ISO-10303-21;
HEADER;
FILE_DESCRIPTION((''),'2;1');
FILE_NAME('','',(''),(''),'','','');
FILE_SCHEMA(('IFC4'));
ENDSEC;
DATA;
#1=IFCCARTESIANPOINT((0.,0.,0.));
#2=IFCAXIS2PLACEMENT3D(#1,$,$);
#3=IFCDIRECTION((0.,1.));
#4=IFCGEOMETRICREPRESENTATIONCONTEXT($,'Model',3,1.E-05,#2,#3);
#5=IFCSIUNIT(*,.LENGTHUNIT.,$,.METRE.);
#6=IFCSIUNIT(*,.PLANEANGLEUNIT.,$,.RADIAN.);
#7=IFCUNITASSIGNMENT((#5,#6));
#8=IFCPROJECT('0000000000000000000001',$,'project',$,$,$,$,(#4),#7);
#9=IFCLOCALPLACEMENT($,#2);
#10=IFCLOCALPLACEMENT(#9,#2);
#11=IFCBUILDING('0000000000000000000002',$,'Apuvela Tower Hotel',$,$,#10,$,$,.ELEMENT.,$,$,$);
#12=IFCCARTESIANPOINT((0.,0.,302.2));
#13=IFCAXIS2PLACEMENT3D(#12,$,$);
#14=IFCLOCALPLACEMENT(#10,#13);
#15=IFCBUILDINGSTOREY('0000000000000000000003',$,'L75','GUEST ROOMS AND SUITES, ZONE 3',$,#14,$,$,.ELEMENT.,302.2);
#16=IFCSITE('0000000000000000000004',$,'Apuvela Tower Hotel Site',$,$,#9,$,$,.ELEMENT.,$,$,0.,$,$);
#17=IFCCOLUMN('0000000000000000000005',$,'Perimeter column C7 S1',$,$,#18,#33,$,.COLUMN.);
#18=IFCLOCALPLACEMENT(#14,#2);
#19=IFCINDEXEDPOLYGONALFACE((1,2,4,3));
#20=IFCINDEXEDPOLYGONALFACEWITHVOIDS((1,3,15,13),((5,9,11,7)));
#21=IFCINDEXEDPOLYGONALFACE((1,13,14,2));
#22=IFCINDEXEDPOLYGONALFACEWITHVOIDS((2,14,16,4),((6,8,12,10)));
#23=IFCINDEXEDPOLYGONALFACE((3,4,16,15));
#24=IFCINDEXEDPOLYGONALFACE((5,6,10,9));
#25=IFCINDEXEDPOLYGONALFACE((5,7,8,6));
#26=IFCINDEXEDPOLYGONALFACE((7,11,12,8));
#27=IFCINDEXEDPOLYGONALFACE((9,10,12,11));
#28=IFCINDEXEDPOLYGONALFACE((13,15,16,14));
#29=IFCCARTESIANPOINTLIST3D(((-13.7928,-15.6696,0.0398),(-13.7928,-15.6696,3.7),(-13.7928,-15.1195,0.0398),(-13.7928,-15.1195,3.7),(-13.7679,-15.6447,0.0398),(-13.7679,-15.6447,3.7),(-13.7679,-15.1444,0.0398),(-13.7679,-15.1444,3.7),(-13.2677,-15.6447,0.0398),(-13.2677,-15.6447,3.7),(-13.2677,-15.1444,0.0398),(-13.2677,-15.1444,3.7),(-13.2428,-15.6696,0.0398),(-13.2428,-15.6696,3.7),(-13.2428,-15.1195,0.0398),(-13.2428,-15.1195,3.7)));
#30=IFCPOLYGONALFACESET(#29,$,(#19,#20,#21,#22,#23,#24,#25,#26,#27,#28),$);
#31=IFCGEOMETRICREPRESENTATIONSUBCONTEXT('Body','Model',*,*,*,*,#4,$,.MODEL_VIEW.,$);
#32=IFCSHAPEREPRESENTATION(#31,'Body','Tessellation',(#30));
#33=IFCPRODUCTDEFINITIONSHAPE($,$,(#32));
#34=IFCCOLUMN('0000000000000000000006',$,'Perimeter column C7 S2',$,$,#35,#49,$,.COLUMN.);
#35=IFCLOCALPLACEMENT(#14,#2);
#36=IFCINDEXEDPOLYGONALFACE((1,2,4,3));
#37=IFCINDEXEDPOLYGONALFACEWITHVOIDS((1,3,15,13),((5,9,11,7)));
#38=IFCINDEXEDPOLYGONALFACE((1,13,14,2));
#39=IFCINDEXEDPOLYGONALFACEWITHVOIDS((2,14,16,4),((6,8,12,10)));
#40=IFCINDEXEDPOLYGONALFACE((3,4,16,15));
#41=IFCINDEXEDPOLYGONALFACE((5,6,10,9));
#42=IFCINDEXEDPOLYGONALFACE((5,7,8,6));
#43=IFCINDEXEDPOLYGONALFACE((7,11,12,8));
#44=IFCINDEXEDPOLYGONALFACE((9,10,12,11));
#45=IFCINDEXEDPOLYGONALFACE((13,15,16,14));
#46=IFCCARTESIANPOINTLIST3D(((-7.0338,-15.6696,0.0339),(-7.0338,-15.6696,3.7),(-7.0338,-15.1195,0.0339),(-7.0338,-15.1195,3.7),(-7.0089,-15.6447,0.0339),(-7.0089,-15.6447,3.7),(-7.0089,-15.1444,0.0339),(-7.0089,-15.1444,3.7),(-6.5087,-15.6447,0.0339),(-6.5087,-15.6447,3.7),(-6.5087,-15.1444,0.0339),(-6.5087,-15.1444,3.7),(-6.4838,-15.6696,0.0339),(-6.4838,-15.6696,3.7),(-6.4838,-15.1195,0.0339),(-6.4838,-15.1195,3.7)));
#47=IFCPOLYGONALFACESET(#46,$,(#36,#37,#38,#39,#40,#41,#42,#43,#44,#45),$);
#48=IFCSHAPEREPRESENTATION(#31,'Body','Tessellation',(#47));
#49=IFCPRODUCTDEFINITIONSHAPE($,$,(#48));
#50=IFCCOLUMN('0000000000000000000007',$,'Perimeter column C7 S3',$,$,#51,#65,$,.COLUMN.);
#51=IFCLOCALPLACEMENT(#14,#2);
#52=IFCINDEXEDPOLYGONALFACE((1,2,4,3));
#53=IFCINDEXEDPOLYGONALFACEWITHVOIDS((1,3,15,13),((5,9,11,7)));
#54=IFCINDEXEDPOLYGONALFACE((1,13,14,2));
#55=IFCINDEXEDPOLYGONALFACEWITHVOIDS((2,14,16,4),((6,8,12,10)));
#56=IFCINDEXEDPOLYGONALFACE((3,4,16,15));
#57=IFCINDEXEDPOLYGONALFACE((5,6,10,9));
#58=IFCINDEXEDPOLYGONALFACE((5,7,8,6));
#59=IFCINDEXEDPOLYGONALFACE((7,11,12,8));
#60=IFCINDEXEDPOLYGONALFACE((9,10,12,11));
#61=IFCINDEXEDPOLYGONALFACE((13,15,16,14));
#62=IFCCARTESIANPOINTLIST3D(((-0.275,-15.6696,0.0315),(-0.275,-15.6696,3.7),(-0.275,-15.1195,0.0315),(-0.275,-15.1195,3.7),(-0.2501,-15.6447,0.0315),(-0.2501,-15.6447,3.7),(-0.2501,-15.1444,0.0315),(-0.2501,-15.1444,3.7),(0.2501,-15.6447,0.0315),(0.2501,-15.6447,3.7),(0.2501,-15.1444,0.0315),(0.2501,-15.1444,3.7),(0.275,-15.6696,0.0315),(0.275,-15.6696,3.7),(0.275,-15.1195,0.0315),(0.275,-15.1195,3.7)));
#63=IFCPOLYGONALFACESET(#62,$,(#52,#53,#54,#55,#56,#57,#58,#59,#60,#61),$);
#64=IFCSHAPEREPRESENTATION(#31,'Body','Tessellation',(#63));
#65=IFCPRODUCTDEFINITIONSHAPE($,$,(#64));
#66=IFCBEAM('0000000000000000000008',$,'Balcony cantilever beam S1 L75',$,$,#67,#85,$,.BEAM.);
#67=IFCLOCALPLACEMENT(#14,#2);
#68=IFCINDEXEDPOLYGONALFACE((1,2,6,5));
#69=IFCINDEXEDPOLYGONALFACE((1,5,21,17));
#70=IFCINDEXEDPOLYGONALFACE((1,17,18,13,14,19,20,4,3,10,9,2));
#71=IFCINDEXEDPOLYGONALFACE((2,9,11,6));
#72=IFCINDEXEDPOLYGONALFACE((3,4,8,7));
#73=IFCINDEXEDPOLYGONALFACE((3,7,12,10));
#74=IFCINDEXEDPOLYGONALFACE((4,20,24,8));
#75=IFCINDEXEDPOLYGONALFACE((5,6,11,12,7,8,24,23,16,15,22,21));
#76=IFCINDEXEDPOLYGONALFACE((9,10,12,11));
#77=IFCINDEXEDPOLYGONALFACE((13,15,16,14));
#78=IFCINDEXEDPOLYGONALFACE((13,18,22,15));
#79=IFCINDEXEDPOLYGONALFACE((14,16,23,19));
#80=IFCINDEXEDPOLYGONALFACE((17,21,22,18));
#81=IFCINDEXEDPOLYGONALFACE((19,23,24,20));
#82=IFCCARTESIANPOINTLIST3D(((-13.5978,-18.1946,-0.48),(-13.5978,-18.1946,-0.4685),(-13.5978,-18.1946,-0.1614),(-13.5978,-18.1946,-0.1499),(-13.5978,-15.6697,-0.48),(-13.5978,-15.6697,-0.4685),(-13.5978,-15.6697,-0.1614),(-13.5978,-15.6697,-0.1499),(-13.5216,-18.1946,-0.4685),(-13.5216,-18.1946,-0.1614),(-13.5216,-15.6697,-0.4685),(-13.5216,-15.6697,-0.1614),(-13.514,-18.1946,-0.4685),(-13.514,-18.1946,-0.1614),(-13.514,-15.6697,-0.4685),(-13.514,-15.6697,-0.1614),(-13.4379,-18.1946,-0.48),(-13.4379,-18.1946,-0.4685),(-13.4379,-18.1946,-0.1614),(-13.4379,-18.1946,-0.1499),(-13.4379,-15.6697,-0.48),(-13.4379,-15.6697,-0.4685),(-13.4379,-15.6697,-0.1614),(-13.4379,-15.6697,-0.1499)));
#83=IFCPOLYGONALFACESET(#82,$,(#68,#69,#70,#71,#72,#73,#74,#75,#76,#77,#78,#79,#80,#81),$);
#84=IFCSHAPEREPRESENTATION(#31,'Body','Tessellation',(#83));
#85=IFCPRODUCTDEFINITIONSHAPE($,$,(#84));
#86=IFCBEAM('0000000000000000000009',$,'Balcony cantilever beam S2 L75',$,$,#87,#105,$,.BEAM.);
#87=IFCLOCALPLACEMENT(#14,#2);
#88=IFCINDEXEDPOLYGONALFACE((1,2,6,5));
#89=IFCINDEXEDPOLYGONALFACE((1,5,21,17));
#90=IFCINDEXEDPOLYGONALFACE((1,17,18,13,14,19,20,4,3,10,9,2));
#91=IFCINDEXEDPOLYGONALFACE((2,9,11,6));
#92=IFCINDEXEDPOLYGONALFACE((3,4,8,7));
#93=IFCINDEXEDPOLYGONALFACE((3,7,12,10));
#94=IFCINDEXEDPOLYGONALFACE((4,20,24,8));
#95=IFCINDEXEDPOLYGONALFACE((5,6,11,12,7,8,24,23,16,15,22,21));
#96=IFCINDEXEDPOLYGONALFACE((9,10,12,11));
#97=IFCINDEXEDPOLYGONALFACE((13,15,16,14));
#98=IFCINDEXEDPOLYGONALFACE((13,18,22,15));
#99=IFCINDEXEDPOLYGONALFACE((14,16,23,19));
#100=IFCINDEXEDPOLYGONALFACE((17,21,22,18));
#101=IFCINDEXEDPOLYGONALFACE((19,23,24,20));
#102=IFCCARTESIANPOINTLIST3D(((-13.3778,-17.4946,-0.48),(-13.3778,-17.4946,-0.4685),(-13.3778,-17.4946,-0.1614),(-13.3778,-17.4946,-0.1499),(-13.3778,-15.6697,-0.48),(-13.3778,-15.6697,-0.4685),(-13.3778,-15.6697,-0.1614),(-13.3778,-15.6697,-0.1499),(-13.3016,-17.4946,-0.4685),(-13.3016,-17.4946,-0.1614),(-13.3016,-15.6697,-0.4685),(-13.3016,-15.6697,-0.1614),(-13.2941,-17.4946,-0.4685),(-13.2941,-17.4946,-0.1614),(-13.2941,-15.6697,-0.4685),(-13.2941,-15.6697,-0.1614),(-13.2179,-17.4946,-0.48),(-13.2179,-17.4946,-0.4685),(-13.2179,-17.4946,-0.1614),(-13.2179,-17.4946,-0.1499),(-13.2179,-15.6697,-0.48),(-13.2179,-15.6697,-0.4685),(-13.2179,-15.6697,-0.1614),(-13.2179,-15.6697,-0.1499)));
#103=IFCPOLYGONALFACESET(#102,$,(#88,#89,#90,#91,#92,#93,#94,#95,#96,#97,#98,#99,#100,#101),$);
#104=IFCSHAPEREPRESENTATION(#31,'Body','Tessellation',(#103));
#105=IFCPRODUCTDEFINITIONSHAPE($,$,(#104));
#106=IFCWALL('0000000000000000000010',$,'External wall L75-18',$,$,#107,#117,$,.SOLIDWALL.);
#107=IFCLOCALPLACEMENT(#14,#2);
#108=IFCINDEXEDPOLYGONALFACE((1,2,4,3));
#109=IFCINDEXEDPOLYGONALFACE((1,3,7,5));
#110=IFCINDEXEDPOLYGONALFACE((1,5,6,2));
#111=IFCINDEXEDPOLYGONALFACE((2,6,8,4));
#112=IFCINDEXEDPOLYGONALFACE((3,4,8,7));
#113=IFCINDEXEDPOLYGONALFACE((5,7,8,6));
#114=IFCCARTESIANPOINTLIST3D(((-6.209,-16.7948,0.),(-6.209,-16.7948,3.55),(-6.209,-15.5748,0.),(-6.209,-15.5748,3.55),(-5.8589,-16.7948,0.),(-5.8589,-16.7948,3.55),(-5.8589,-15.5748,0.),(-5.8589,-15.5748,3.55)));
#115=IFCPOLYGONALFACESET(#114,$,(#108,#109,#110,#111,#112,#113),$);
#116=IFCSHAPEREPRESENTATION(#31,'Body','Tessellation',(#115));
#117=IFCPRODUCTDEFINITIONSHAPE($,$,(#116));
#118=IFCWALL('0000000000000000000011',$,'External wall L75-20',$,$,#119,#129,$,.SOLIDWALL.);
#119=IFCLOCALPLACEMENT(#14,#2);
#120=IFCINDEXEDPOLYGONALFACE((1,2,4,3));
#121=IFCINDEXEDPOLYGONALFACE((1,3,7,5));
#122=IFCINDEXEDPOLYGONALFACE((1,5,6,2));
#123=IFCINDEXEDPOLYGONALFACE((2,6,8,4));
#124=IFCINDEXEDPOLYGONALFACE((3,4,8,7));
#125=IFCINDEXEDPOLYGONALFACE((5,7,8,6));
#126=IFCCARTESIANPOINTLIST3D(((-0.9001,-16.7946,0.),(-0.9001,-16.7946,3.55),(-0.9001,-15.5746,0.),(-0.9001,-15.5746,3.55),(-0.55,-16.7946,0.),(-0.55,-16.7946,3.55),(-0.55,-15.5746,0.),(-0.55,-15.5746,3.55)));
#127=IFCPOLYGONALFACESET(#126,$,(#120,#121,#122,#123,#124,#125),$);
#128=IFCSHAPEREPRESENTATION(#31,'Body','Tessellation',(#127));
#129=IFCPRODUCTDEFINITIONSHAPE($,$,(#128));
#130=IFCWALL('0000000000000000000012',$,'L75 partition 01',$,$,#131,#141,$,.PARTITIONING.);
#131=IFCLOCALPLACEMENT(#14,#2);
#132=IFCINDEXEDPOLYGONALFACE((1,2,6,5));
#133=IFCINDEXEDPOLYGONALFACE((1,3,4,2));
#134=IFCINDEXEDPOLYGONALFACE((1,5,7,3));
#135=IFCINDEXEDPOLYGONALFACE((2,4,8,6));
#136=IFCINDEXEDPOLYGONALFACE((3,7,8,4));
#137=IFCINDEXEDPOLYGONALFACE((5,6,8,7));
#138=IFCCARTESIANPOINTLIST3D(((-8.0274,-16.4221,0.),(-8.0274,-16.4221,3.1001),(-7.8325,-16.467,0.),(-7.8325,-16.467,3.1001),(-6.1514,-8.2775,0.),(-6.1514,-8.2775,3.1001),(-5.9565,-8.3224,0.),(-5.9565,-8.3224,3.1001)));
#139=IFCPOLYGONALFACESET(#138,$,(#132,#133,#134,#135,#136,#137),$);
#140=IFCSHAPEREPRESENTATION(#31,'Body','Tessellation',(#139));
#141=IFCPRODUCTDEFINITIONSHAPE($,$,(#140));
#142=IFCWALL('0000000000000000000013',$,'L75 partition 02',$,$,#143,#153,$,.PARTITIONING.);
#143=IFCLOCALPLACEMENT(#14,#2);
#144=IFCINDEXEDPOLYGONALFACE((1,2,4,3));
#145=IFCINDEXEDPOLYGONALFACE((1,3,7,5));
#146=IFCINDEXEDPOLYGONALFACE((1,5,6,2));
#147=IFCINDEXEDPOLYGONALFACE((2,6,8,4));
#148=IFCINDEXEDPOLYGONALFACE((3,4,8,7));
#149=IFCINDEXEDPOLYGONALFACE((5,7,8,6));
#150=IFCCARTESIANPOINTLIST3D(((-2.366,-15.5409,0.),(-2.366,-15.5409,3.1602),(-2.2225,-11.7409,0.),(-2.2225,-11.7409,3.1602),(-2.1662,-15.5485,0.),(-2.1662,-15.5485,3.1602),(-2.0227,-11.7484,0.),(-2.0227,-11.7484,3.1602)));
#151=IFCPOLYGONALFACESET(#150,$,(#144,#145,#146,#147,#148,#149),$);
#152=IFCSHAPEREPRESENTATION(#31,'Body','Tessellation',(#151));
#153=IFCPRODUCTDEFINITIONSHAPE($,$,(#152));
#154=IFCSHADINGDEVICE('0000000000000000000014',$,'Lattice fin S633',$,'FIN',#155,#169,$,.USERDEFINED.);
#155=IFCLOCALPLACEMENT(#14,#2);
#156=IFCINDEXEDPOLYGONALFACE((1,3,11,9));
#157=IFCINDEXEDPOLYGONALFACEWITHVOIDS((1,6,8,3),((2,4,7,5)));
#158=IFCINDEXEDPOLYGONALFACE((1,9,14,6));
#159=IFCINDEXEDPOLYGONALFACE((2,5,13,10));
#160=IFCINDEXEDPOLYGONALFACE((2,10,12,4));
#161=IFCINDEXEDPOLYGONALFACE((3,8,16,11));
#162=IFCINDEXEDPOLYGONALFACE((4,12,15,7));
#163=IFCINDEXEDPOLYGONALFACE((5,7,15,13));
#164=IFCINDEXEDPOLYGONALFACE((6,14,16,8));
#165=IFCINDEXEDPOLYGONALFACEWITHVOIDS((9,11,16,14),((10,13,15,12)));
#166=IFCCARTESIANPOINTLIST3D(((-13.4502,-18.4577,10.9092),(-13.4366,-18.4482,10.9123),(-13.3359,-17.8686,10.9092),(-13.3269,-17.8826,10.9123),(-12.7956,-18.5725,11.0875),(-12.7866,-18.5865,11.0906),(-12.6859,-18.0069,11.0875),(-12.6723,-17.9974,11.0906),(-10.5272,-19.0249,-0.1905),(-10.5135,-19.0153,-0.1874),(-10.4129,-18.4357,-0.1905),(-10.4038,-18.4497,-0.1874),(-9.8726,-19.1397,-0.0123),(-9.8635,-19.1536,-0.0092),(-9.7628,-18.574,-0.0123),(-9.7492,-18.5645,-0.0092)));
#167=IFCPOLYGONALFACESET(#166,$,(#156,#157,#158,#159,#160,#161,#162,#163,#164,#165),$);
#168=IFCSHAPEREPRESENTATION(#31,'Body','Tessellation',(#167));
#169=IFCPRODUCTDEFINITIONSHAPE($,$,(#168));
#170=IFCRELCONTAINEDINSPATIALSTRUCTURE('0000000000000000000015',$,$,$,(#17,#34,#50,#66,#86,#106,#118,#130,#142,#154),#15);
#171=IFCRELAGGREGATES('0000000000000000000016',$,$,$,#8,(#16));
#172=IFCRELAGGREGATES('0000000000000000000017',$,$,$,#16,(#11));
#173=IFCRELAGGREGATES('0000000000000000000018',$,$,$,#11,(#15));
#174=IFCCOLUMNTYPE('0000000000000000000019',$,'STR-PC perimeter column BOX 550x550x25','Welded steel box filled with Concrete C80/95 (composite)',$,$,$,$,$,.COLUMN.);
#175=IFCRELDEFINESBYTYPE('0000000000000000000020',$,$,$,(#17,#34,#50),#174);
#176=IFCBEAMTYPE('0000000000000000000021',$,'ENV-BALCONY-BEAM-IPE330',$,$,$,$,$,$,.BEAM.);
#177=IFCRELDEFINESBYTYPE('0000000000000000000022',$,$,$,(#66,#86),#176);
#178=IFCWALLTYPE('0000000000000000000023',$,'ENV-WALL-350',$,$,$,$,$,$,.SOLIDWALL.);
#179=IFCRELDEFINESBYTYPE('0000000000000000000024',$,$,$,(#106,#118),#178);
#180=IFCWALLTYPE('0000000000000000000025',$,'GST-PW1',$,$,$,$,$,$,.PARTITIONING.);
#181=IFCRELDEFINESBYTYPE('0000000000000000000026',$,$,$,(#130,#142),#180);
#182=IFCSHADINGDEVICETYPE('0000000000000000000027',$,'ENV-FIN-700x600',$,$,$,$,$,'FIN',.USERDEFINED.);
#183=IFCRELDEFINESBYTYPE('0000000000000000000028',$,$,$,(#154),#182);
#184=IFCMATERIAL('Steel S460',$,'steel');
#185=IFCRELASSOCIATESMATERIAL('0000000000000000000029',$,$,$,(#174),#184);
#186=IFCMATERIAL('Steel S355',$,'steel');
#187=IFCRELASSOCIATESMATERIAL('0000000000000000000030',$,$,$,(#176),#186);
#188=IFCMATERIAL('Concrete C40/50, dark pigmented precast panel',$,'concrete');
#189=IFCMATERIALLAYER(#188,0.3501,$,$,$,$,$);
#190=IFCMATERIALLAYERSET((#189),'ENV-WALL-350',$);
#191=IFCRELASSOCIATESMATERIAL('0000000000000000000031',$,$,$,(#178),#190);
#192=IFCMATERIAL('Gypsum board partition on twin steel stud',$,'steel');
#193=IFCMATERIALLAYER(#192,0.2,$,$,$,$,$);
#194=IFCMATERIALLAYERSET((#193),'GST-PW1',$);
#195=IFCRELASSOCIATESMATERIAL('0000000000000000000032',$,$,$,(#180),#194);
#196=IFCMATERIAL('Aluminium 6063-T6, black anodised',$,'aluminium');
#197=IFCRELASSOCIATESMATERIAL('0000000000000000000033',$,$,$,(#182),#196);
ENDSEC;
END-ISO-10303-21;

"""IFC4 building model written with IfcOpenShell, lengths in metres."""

from ifc_helpers import new_model, si_unit, direction, frame, frame_2d, origin, origin_2d, place, context, subcontext, project, spatial, rectangle, hollow_rectangle, i_section, extrude, boolean, halfspace, material, layer, layer_set, material_profile, profile_set, type_object, element, save


model = new_model("IFC4")

# Units and contexts
model_context = context("Model", 3, precision=1e-05, world=origin(), true_north=direction((0.0, 1.0)))
body_context = subcontext(model_context, "Body", "Model", "MODEL_VIEW")
ifc_project = project(units=[si_unit("LENGTHUNIT", "METRE"), si_unit("PLANEANGLEUNIT", "RADIAN")], contexts=[model_context])

# Site, building, storey
site_placement = place(None, origin())
site = spatial("IfcSite", under=ifc_project, at=site_placement, Name="Apuvela Tower Hotel Site", CompositionType="ELEMENT", RefElevation=0.0)
building_placement = place(site_placement, origin())
building = spatial("IfcBuilding", under=site, at=building_placement, Name="Apuvela Tower Hotel", CompositionType="ELEMENT")
storey_placement = place(building_placement, frame((0.0, 0.0, 302.2)))
storey = spatial("IfcBuildingStorey", under=building, at=storey_placement, Name="L75", Description="GUEST ROOMS AND SUITES, ZONE 3", CompositionType="ELEMENT", Elevation=302.2)

# Columns
ifc_material_1 = material(Name="Steel S460", Category="steel")
ifc_material_profile_1 = material_profile(ifc_material_1, hollow_rectangle(XDim=0.55, YDim=0.55, WallThickness=0.0249, at=origin_2d()), Name="BOX 550x550x25")
ifc_material_2 = material(Name="Concrete C80/95", Category="concrete")
ifc_material_profile_2 = material_profile(ifc_material_2, rectangle(XDim=0.5, YDim=0.5, at=origin_2d()), Name="Concrete C80/95 infill")
ifc_profile_set_1 = profile_set([ifc_material_profile_1, ifc_material_profile_2], Name="Steel S460")
column_type = type_object("IfcColumnType", Name="STR-PC perimeter column BOX 550x550x25", Description="Welded steel box filled with Concrete C80/95 (composite)", PredefinedType="COLUMN", material=ifc_profile_set_1)
column_1_placement = place(storey_placement, frame((-13.5178, -15.3945, 0.0), z_axis=(0.0, 0.0, 1.0), x_axis=(-1.0, 0.0, 0.0)))
element("IfcColumn", 1, at=column_1_placement, inside=storey, type_object=column_type, Name="Perimeter column C7 S1", PredefinedType="COLUMN", context=body_context, shape_type="SweptSolid", body=[
    boolean("DIFFERENCE", extrude(hollow_rectangle(XDim=0.55, YDim=0.55, WallThickness=0.0249, at=origin_2d()), origin(), (0.0, 0.0, 1.0), 3.7), halfspace(frame((0.0, 0.0, 0.0398), z_axis=(0.0, 0.0, 1.0), x_axis=(1.0, 0.0, 0.0)), True)),
])
column_2_placement = place(storey_placement, frame((-6.7588, -15.3945, 0.0), z_axis=(0.0, 0.0, 1.0), x_axis=(-1.0, 0.0, 0.0)))
element("IfcColumn", 2, at=column_2_placement, inside=storey, type_object=column_type, Name="Perimeter column C7 S2", PredefinedType="COLUMN", context=body_context, shape_type="SweptSolid", body=[
    boolean("DIFFERENCE", extrude(hollow_rectangle(XDim=0.55, YDim=0.55, WallThickness=0.0249, at=origin_2d()), origin(), (0.0, 0.0, 1.0), 3.7), halfspace(frame((0.0, 0.0, 0.0339), z_axis=(0.0, 0.0, 1.0), x_axis=(1.0, 0.0, 0.0)), True)),
])
column_3_placement = place(storey_placement, frame((0.0, -15.3945, 0.0), z_axis=(0.0, 0.0, 1.0), x_axis=(-1.0, 0.0, 0.0)))
element("IfcColumn", 3, at=column_3_placement, inside=storey, type_object=column_type, Name="Perimeter column C7 S3", PredefinedType="COLUMN", context=body_context, shape_type="SweptSolid", body=[
    boolean("DIFFERENCE", extrude(hollow_rectangle(XDim=0.55, YDim=0.55, WallThickness=0.0249, at=origin_2d()), origin(), (0.0, 0.0, 1.0), 3.7), halfspace(frame((0.0, 0.0, 0.0315), z_axis=(0.0, 0.0, 1.0), x_axis=(1.0, 0.0, 0.0)), True)),
])

# Beams
ifc_material_3 = material(Name="Steel S355", Category="steel")
ifc_material_profile_3 = material_profile(ifc_material_3, i_section(OverallWidth=0.1599, OverallDepth=0.3301, WebThickness=0.0076, FlangeThickness=0.0115, at=origin_2d()), Name="IPE 330")
ifc_profile_set_2 = profile_set([ifc_material_profile_3], Name="Steel S355")
beam_type = type_object("IfcBeamType", Name="ENV-BALCONY-BEAM-IPE330", PredefinedType="BEAM", material=ifc_profile_set_2)
beam_1_placement = place(storey_placement, frame((-13.5178, -15.6697, -0.3149), z_axis=(0.0, -1.0, 0.0), x_axis=(1.0, 0.0, 0.0)))
element("IfcBeam", 4, at=beam_1_placement, inside=storey, type_object=beam_type, Name="Balcony cantilever beam S1 L75", PredefinedType="BEAM", context=body_context, shape_type="SweptSolid", body=[
    extrude(i_section(OverallWidth=0.1599, OverallDepth=0.3301, WebThickness=0.0076, FlangeThickness=0.0115, at=origin_2d()), origin(), (0.0, 0.0, 1.0), 2.5249),
])
beam_2_placement = place(storey_placement, frame((-13.2979, -15.6697, -0.3149), z_axis=(0.0, -1.0, 0.0), x_axis=(1.0, 0.0, 0.0)))
element("IfcBeam", 5, at=beam_2_placement, inside=storey, type_object=beam_type, Name="Balcony cantilever beam S2 L75", PredefinedType="BEAM", context=body_context, shape_type="SweptSolid", body=[
    extrude(i_section(OverallWidth=0.1599, OverallDepth=0.3301, WebThickness=0.0076, FlangeThickness=0.0115, at=origin_2d()), origin(), (0.0, 0.0, 1.0), 1.825),
])

# Wall
ifc_material_4 = material(Name="Concrete C40/50, dark pigmented precast panel", Category="concrete")
ifc_layer_1 = layer(ifc_material_4, 0.3501)
ifc_layer_set_1 = layer_set([ifc_layer_1], Name="ENV-WALL-350")
wall_type_1 = type_object("IfcWallType", Name="ENV-WALL-350", PredefinedType="SOLIDWALL", material=ifc_layer_set_1)
wall_1_placement = place(storey_placement, frame((-6.0339, -16.7947, 0.0), z_axis=(0.0, 0.0, 1.0), x_axis=(0.0, 1.0, 0.0)))
element("IfcWall", 6, at=wall_1_placement, inside=storey, type_object=wall_type_1, Name="External wall L75-18", PredefinedType="SOLIDWALL", context=body_context, shape_type="SweptSolid", body=[
    extrude(rectangle(XDim=1.22, YDim=0.3501, at=frame_2d((0.6099, 0.0))), origin(), (0.0, 0.0, 1.0), 3.55),
])

# Wall
wall_2_placement = place(storey_placement, frame((-0.7251, -15.5747, 0.0), z_axis=(0.0, 0.0, 1.0), x_axis=(0.0, -1.0, 0.0)))
element("IfcWall", 7, at=wall_2_placement, inside=storey, type_object=wall_type_1, Name="External wall L75-20", PredefinedType="SOLIDWALL", context=body_context, shape_type="SweptSolid", body=[
    extrude(rectangle(XDim=1.22, YDim=0.3501, at=frame_2d((0.6099, 0.0))), origin(), (0.0, 0.0, 1.0), 3.55),
])

# Walls
ifc_material_5 = material(Name="Gypsum board partition on twin steel stud", Category="steel")
ifc_layer_2 = layer(ifc_material_5, 0.2)
ifc_layer_set_2 = layer_set([ifc_layer_2], Name="GST-PW1")
wall_type_2 = type_object("IfcWallType", Name="GST-PW1", PredefinedType="PARTITIONING", material=ifc_layer_set_2)
wall_3_placement = place(storey_placement, frame((-7.9299, -16.4446, 0.0), z_axis=(0.0, 0.0, 1.0), x_axis=(0.224458, 0.974484, 0.0)))
element("IfcWall", 8, at=wall_3_placement, inside=storey, type_object=wall_type_2, Name="L75 partition 01", PredefinedType="PARTITIONING", context=body_context, shape_type="SweptSolid", body=[
    extrude(rectangle(XDim=8.3579, YDim=0.2, at=frame_2d((4.179, 0.0))), origin(), (0.0, 0.0, 1.0), 3.1001),
])
wall_4_placement = place(storey_placement, frame((-2.2661, -15.5447, 0.0), z_axis=(0.0, 0.0, 1.0), x_axis=(0.03775, 0.999287, 0.0)))
element("IfcWall", 9, at=wall_4_placement, inside=storey, type_object=wall_type_2, Name="L75 partition 02", PredefinedType="PARTITIONING", context=body_context, shape_type="SweptSolid", body=[
    extrude(rectangle(XDim=3.8027, YDim=0.2, at=frame_2d((1.9014, 0.0))), origin(), (0.0, 0.0, 1.0), 3.1602),
])

# Shading device
ifc_material_6 = material(Name="Aluminium 6063-T6, black anodised", Category="aluminium")
ifc_material_profile_4 = material_profile(ifc_material_6, hollow_rectangle(XDim=0.6001, YDim=0.7, WallThickness=0.012, at=origin_2d()), Name="AL BOX 700x600x12")
ifc_profile_set_3 = profile_set([ifc_material_profile_4], Name="Aluminium 6063-T6, black anodised")
shading_device_type = type_object("IfcShadingDeviceType", Name="ENV-FIN-700x600", ElementType="FIN", PredefinedType="USERDEFINED", material=ifc_profile_set_3)
shading_device_1_placement = place(storey_placement, frame((-10.1382, -18.7947, -0.0999), z_axis=(-0.254353, 0.049349, 0.965852), x_axis=(-0.190468, -0.981693, 0.0)))
element("IfcShadingDevice", 10, at=shading_device_1_placement, inside=storey, type_object=shading_device_type, Name="Lattice fin S633", ObjectType="FIN", PredefinedType="USERDEFINED", context=body_context, shape_type="SweptSolid", body=[
    extrude(hollow_rectangle(XDim=0.6001, YDim=0.7, WallThickness=0.012, at=origin_2d()), origin(), (0.0, 0.0, 1.0), 11.4922),
])

save(model, "model.ifc")
